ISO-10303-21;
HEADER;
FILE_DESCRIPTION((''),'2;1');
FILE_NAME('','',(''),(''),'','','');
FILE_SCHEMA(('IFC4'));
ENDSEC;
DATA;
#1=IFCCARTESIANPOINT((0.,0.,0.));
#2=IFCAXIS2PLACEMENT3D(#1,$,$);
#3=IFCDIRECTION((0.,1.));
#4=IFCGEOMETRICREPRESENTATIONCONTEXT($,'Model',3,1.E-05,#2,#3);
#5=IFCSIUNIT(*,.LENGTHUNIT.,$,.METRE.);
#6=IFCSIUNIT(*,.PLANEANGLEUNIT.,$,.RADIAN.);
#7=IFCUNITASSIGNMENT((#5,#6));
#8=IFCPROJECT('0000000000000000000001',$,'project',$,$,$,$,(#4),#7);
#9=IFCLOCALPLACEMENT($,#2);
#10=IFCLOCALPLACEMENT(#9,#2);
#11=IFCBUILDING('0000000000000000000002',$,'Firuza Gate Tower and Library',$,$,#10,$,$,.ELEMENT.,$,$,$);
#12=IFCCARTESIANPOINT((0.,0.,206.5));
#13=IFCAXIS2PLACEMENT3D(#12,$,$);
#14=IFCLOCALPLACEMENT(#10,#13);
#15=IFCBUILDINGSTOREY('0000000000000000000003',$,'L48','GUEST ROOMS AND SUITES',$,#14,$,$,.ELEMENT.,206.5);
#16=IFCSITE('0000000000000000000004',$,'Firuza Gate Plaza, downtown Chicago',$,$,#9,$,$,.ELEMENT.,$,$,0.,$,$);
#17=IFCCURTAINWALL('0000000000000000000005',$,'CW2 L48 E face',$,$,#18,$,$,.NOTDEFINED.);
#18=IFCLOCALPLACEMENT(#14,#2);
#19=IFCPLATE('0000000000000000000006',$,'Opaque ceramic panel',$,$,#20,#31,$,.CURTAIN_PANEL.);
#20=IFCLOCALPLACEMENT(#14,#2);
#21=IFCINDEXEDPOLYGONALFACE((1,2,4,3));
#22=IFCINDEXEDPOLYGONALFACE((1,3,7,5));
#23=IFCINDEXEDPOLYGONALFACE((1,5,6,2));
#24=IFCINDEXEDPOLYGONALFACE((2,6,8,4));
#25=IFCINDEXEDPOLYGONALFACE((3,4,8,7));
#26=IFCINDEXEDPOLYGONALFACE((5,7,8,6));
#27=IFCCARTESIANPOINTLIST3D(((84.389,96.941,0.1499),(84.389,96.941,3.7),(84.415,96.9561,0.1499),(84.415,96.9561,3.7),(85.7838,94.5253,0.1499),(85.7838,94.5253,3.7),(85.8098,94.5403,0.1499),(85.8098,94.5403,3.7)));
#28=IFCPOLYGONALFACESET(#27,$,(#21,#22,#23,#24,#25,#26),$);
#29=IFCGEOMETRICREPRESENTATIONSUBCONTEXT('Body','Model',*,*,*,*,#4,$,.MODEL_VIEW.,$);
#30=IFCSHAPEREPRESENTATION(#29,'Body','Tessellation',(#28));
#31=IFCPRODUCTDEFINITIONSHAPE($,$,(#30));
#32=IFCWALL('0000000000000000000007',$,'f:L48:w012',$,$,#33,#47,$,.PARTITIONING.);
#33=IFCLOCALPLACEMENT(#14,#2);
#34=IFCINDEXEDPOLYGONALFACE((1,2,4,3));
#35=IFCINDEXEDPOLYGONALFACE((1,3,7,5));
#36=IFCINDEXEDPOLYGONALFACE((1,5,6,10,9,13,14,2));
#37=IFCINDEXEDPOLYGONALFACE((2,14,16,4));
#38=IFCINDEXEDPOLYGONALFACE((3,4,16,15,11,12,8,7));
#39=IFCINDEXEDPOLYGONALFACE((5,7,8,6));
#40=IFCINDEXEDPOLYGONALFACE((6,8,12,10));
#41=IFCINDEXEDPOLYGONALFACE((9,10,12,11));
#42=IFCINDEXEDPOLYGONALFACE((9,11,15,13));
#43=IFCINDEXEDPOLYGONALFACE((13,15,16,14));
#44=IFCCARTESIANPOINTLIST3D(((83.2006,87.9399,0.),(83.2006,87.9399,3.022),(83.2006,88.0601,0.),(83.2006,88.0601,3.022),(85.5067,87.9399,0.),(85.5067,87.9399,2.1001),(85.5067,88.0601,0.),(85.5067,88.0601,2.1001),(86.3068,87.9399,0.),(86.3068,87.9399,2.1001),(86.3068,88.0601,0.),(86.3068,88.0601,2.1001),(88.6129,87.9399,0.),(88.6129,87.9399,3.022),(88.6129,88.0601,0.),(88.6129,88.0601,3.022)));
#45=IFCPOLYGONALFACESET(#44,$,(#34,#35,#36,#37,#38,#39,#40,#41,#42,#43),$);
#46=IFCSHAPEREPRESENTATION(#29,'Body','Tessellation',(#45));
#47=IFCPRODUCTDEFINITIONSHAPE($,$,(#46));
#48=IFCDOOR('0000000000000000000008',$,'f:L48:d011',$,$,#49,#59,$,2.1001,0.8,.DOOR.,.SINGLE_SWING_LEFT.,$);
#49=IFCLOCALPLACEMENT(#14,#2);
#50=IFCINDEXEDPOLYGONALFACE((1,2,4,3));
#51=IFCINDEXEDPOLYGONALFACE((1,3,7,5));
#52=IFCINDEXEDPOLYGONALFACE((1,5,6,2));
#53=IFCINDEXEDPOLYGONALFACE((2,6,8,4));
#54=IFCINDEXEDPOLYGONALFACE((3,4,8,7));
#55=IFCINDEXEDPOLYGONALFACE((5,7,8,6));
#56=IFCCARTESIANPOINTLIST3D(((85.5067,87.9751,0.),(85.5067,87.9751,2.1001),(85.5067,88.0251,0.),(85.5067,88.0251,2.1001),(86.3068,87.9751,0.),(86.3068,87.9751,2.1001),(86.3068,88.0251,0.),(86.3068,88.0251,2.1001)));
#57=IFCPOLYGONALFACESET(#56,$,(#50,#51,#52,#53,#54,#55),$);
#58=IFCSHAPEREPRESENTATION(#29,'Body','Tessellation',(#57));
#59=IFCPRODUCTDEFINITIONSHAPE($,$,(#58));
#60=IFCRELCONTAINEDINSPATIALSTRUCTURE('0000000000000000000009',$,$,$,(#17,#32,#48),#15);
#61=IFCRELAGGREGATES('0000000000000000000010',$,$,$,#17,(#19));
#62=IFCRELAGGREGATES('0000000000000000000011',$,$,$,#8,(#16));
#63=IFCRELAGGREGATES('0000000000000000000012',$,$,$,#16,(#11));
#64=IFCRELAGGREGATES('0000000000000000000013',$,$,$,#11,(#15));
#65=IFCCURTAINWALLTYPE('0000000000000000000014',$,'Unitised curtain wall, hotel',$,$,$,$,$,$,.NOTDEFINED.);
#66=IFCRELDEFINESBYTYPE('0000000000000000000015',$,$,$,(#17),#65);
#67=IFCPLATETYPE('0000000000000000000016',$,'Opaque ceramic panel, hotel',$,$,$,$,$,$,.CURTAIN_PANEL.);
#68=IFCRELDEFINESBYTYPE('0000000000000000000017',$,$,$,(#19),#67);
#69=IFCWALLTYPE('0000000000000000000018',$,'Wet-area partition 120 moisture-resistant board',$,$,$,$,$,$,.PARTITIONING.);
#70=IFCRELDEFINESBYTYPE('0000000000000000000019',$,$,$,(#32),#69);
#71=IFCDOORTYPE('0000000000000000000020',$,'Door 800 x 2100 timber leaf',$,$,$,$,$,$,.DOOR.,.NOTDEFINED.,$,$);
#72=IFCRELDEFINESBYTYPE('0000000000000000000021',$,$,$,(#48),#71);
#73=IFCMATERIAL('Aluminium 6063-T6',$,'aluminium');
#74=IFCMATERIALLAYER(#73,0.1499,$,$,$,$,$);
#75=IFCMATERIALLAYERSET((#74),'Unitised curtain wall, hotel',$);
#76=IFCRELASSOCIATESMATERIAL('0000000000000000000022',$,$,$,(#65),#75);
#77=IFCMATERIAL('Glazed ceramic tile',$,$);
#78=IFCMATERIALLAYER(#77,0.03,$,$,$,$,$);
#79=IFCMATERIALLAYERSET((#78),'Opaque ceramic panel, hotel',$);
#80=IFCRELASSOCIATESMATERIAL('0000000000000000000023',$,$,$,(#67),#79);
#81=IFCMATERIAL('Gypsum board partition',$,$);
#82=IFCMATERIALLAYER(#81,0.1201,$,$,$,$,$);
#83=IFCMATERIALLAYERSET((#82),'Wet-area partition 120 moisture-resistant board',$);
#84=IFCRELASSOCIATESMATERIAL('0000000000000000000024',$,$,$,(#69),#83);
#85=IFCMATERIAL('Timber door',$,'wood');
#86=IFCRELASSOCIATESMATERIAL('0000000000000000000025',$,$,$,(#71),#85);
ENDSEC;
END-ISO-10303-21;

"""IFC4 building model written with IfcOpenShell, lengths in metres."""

from ifc_helpers import new_model, si_unit, direction, frame, frame_2d, origin, place, context, subcontext, project, spatial, polyline, rectangle, outline, extrude, material, layer, layer_set, type_object, element, fill, aggregate, save


model = new_model("IFC4")

# Units and contexts
model_context = context("Model", 3, precision=1e-05, world=origin(), true_north=direction((0.0, 1.0)))
body_context = subcontext(model_context, "Body", "Model", "MODEL_VIEW")
ifc_project = project(units=[si_unit("LENGTHUNIT", "METRE"), si_unit("PLANEANGLEUNIT", "RADIAN")], contexts=[model_context])

# Site, building, storey
site_placement = place(None, origin())
site = spatial("IfcSite", under=ifc_project, at=site_placement, Name="Firuza Gate Plaza, downtown Chicago", CompositionType="ELEMENT", RefElevation=0.0)
building_placement = place(site_placement, origin())
building = spatial("IfcBuilding", under=site, at=building_placement, Name="Firuza Gate Tower and Library", CompositionType="ELEMENT")
storey_placement = place(building_placement, frame((0.0, 0.0, 206.5)))
storey = spatial("IfcBuildingStorey", under=building, at=storey_placement, Name="L48", Description="GUEST ROOMS AND SUITES", CompositionType="ELEMENT", Elevation=206.5)

# Curtain wall
ifc_material_1 = material(Name="Aluminium 6063-T6", Category="aluminium")
ifc_layer_1 = layer(ifc_material_1, 0.1499)
ifc_layer_set_1 = layer_set([ifc_layer_1], Name="Unitised curtain wall, hotel")
curtain_wall_type = type_object("IfcCurtainWallType", Name="Unitised curtain wall, hotel", PredefinedType="NOTDEFINED", material=ifc_layer_set_1)
curtain_wall_placement = place(storey_placement, origin())
curtain_wall = element("IfcCurtainWall", 1, at=curtain_wall_placement, inside=storey, type_object=curtain_wall_type, Name="CW2 L48 E face", PredefinedType="NOTDEFINED")

# Plate
ifc_material_2 = material(Name="Glazed ceramic tile")
ifc_layer_2 = layer(ifc_material_2, 0.03)
ifc_layer_set_2 = layer_set([ifc_layer_2], Name="Opaque ceramic panel, hotel")
plate_type_1 = type_object("IfcPlateType", Name="Opaque ceramic panel, hotel", PredefinedType="CURTAIN_PANEL", material=ifc_layer_set_2)
plate_1_placement = place(storey_placement, frame((85.8098, 94.5403, 0.1499), z_axis=(0.866021, 0.500008, 0.0), x_axis=(-0.500008, 0.866021, 0.0)))
plate_1 = element("IfcPlate", 2, at=plate_1_placement, type_object=plate_type_1, Name="Opaque ceramic panel", PredefinedType="CURTAIN_PANEL", context=body_context, shape_type="SweptSolid", body=[
    extrude(outline(polyline([(0.0, 0.0), (2.7895, 0.0), (2.7895, 3.55), (0.0, 3.55), (0.0, 0.0)])), origin(), (0.0, 0.0, -1.0), 0.03),
])
aggregate(curtain_wall, [plate_1])

# Wall, opening, door
ifc_material_3 = material(Name="Gypsum board partition")
ifc_layer_3 = layer(ifc_material_3, 0.1201)
ifc_layer_set_3 = layer_set([ifc_layer_3], Name="Wet-area partition 120 moisture-resistant board")
wall_type = type_object("IfcWallType", Name="Wet-area partition 120 moisture-resistant board", PredefinedType="PARTITIONING", material=ifc_layer_set_3)
wall_placement = place(storey_placement, frame((88.6128, 88.0, 0.0), z_axis=(0.0, 0.0, 1.0), x_axis=(-1.0, 0.0, 0.0)))
wall = element("IfcWall", 3, at=wall_placement, inside=storey, type_object=wall_type, Name="f:L48:w012", PredefinedType="PARTITIONING", context=body_context, shape_type="SweptSolid", body=[
    extrude(rectangle(XDim=5.4124, YDim=0.1201, at=frame_2d((2.7061, 0.0))), origin(), (0.0, 0.0, 1.0), 3.022),
])
opening_placement = place(wall_placement, frame((2.3062, 0.0, 0.0)))
opening = element("IfcOpeningElement", 4, at=opening_placement, cuts=wall, PredefinedType="OPENING", context=body_context, shape_type="SweptSolid", body=[
    extrude(rectangle(XDim=0.8, YDim=2.1001, at=frame_2d((0.3999, 1.05))), frame((0.0, 0.0701, 0.0), z_axis=(0.0, -1.0, 0.0), x_axis=(1.0, 0.0, 0.0)), (0.0, 0.0, 1.0), 0.1401),
])
ifc_material_4 = material(Name="Timber door", Category="wood")
door_type = type_object("IfcDoorType", Name="Door 800 x 2100 timber leaf", OperationType="NOTDEFINED", PredefinedType="DOOR", material=ifc_material_4)
door_placement = place(opening_placement, origin())
door = element("IfcDoor", 5, at=door_placement, inside=storey, type_object=door_type, Name="f:L48:d011", OperationType="SINGLE_SWING_LEFT", OverallHeight=2.1001, OverallWidth=0.8, PredefinedType="DOOR", context=body_context, shape_type="SweptSolid", body=[
    extrude(rectangle(XDim=0.8, YDim=2.1001, at=frame_2d((0.3999, 1.05))), frame((0.0, 0.0249, 0.0), z_axis=(0.0, -1.0, 0.0), x_axis=(1.0, 0.0, 0.0)), (0.0, 0.0, 1.0), 0.05),
])
fill(opening, door)

save(model, "model.ifc")
